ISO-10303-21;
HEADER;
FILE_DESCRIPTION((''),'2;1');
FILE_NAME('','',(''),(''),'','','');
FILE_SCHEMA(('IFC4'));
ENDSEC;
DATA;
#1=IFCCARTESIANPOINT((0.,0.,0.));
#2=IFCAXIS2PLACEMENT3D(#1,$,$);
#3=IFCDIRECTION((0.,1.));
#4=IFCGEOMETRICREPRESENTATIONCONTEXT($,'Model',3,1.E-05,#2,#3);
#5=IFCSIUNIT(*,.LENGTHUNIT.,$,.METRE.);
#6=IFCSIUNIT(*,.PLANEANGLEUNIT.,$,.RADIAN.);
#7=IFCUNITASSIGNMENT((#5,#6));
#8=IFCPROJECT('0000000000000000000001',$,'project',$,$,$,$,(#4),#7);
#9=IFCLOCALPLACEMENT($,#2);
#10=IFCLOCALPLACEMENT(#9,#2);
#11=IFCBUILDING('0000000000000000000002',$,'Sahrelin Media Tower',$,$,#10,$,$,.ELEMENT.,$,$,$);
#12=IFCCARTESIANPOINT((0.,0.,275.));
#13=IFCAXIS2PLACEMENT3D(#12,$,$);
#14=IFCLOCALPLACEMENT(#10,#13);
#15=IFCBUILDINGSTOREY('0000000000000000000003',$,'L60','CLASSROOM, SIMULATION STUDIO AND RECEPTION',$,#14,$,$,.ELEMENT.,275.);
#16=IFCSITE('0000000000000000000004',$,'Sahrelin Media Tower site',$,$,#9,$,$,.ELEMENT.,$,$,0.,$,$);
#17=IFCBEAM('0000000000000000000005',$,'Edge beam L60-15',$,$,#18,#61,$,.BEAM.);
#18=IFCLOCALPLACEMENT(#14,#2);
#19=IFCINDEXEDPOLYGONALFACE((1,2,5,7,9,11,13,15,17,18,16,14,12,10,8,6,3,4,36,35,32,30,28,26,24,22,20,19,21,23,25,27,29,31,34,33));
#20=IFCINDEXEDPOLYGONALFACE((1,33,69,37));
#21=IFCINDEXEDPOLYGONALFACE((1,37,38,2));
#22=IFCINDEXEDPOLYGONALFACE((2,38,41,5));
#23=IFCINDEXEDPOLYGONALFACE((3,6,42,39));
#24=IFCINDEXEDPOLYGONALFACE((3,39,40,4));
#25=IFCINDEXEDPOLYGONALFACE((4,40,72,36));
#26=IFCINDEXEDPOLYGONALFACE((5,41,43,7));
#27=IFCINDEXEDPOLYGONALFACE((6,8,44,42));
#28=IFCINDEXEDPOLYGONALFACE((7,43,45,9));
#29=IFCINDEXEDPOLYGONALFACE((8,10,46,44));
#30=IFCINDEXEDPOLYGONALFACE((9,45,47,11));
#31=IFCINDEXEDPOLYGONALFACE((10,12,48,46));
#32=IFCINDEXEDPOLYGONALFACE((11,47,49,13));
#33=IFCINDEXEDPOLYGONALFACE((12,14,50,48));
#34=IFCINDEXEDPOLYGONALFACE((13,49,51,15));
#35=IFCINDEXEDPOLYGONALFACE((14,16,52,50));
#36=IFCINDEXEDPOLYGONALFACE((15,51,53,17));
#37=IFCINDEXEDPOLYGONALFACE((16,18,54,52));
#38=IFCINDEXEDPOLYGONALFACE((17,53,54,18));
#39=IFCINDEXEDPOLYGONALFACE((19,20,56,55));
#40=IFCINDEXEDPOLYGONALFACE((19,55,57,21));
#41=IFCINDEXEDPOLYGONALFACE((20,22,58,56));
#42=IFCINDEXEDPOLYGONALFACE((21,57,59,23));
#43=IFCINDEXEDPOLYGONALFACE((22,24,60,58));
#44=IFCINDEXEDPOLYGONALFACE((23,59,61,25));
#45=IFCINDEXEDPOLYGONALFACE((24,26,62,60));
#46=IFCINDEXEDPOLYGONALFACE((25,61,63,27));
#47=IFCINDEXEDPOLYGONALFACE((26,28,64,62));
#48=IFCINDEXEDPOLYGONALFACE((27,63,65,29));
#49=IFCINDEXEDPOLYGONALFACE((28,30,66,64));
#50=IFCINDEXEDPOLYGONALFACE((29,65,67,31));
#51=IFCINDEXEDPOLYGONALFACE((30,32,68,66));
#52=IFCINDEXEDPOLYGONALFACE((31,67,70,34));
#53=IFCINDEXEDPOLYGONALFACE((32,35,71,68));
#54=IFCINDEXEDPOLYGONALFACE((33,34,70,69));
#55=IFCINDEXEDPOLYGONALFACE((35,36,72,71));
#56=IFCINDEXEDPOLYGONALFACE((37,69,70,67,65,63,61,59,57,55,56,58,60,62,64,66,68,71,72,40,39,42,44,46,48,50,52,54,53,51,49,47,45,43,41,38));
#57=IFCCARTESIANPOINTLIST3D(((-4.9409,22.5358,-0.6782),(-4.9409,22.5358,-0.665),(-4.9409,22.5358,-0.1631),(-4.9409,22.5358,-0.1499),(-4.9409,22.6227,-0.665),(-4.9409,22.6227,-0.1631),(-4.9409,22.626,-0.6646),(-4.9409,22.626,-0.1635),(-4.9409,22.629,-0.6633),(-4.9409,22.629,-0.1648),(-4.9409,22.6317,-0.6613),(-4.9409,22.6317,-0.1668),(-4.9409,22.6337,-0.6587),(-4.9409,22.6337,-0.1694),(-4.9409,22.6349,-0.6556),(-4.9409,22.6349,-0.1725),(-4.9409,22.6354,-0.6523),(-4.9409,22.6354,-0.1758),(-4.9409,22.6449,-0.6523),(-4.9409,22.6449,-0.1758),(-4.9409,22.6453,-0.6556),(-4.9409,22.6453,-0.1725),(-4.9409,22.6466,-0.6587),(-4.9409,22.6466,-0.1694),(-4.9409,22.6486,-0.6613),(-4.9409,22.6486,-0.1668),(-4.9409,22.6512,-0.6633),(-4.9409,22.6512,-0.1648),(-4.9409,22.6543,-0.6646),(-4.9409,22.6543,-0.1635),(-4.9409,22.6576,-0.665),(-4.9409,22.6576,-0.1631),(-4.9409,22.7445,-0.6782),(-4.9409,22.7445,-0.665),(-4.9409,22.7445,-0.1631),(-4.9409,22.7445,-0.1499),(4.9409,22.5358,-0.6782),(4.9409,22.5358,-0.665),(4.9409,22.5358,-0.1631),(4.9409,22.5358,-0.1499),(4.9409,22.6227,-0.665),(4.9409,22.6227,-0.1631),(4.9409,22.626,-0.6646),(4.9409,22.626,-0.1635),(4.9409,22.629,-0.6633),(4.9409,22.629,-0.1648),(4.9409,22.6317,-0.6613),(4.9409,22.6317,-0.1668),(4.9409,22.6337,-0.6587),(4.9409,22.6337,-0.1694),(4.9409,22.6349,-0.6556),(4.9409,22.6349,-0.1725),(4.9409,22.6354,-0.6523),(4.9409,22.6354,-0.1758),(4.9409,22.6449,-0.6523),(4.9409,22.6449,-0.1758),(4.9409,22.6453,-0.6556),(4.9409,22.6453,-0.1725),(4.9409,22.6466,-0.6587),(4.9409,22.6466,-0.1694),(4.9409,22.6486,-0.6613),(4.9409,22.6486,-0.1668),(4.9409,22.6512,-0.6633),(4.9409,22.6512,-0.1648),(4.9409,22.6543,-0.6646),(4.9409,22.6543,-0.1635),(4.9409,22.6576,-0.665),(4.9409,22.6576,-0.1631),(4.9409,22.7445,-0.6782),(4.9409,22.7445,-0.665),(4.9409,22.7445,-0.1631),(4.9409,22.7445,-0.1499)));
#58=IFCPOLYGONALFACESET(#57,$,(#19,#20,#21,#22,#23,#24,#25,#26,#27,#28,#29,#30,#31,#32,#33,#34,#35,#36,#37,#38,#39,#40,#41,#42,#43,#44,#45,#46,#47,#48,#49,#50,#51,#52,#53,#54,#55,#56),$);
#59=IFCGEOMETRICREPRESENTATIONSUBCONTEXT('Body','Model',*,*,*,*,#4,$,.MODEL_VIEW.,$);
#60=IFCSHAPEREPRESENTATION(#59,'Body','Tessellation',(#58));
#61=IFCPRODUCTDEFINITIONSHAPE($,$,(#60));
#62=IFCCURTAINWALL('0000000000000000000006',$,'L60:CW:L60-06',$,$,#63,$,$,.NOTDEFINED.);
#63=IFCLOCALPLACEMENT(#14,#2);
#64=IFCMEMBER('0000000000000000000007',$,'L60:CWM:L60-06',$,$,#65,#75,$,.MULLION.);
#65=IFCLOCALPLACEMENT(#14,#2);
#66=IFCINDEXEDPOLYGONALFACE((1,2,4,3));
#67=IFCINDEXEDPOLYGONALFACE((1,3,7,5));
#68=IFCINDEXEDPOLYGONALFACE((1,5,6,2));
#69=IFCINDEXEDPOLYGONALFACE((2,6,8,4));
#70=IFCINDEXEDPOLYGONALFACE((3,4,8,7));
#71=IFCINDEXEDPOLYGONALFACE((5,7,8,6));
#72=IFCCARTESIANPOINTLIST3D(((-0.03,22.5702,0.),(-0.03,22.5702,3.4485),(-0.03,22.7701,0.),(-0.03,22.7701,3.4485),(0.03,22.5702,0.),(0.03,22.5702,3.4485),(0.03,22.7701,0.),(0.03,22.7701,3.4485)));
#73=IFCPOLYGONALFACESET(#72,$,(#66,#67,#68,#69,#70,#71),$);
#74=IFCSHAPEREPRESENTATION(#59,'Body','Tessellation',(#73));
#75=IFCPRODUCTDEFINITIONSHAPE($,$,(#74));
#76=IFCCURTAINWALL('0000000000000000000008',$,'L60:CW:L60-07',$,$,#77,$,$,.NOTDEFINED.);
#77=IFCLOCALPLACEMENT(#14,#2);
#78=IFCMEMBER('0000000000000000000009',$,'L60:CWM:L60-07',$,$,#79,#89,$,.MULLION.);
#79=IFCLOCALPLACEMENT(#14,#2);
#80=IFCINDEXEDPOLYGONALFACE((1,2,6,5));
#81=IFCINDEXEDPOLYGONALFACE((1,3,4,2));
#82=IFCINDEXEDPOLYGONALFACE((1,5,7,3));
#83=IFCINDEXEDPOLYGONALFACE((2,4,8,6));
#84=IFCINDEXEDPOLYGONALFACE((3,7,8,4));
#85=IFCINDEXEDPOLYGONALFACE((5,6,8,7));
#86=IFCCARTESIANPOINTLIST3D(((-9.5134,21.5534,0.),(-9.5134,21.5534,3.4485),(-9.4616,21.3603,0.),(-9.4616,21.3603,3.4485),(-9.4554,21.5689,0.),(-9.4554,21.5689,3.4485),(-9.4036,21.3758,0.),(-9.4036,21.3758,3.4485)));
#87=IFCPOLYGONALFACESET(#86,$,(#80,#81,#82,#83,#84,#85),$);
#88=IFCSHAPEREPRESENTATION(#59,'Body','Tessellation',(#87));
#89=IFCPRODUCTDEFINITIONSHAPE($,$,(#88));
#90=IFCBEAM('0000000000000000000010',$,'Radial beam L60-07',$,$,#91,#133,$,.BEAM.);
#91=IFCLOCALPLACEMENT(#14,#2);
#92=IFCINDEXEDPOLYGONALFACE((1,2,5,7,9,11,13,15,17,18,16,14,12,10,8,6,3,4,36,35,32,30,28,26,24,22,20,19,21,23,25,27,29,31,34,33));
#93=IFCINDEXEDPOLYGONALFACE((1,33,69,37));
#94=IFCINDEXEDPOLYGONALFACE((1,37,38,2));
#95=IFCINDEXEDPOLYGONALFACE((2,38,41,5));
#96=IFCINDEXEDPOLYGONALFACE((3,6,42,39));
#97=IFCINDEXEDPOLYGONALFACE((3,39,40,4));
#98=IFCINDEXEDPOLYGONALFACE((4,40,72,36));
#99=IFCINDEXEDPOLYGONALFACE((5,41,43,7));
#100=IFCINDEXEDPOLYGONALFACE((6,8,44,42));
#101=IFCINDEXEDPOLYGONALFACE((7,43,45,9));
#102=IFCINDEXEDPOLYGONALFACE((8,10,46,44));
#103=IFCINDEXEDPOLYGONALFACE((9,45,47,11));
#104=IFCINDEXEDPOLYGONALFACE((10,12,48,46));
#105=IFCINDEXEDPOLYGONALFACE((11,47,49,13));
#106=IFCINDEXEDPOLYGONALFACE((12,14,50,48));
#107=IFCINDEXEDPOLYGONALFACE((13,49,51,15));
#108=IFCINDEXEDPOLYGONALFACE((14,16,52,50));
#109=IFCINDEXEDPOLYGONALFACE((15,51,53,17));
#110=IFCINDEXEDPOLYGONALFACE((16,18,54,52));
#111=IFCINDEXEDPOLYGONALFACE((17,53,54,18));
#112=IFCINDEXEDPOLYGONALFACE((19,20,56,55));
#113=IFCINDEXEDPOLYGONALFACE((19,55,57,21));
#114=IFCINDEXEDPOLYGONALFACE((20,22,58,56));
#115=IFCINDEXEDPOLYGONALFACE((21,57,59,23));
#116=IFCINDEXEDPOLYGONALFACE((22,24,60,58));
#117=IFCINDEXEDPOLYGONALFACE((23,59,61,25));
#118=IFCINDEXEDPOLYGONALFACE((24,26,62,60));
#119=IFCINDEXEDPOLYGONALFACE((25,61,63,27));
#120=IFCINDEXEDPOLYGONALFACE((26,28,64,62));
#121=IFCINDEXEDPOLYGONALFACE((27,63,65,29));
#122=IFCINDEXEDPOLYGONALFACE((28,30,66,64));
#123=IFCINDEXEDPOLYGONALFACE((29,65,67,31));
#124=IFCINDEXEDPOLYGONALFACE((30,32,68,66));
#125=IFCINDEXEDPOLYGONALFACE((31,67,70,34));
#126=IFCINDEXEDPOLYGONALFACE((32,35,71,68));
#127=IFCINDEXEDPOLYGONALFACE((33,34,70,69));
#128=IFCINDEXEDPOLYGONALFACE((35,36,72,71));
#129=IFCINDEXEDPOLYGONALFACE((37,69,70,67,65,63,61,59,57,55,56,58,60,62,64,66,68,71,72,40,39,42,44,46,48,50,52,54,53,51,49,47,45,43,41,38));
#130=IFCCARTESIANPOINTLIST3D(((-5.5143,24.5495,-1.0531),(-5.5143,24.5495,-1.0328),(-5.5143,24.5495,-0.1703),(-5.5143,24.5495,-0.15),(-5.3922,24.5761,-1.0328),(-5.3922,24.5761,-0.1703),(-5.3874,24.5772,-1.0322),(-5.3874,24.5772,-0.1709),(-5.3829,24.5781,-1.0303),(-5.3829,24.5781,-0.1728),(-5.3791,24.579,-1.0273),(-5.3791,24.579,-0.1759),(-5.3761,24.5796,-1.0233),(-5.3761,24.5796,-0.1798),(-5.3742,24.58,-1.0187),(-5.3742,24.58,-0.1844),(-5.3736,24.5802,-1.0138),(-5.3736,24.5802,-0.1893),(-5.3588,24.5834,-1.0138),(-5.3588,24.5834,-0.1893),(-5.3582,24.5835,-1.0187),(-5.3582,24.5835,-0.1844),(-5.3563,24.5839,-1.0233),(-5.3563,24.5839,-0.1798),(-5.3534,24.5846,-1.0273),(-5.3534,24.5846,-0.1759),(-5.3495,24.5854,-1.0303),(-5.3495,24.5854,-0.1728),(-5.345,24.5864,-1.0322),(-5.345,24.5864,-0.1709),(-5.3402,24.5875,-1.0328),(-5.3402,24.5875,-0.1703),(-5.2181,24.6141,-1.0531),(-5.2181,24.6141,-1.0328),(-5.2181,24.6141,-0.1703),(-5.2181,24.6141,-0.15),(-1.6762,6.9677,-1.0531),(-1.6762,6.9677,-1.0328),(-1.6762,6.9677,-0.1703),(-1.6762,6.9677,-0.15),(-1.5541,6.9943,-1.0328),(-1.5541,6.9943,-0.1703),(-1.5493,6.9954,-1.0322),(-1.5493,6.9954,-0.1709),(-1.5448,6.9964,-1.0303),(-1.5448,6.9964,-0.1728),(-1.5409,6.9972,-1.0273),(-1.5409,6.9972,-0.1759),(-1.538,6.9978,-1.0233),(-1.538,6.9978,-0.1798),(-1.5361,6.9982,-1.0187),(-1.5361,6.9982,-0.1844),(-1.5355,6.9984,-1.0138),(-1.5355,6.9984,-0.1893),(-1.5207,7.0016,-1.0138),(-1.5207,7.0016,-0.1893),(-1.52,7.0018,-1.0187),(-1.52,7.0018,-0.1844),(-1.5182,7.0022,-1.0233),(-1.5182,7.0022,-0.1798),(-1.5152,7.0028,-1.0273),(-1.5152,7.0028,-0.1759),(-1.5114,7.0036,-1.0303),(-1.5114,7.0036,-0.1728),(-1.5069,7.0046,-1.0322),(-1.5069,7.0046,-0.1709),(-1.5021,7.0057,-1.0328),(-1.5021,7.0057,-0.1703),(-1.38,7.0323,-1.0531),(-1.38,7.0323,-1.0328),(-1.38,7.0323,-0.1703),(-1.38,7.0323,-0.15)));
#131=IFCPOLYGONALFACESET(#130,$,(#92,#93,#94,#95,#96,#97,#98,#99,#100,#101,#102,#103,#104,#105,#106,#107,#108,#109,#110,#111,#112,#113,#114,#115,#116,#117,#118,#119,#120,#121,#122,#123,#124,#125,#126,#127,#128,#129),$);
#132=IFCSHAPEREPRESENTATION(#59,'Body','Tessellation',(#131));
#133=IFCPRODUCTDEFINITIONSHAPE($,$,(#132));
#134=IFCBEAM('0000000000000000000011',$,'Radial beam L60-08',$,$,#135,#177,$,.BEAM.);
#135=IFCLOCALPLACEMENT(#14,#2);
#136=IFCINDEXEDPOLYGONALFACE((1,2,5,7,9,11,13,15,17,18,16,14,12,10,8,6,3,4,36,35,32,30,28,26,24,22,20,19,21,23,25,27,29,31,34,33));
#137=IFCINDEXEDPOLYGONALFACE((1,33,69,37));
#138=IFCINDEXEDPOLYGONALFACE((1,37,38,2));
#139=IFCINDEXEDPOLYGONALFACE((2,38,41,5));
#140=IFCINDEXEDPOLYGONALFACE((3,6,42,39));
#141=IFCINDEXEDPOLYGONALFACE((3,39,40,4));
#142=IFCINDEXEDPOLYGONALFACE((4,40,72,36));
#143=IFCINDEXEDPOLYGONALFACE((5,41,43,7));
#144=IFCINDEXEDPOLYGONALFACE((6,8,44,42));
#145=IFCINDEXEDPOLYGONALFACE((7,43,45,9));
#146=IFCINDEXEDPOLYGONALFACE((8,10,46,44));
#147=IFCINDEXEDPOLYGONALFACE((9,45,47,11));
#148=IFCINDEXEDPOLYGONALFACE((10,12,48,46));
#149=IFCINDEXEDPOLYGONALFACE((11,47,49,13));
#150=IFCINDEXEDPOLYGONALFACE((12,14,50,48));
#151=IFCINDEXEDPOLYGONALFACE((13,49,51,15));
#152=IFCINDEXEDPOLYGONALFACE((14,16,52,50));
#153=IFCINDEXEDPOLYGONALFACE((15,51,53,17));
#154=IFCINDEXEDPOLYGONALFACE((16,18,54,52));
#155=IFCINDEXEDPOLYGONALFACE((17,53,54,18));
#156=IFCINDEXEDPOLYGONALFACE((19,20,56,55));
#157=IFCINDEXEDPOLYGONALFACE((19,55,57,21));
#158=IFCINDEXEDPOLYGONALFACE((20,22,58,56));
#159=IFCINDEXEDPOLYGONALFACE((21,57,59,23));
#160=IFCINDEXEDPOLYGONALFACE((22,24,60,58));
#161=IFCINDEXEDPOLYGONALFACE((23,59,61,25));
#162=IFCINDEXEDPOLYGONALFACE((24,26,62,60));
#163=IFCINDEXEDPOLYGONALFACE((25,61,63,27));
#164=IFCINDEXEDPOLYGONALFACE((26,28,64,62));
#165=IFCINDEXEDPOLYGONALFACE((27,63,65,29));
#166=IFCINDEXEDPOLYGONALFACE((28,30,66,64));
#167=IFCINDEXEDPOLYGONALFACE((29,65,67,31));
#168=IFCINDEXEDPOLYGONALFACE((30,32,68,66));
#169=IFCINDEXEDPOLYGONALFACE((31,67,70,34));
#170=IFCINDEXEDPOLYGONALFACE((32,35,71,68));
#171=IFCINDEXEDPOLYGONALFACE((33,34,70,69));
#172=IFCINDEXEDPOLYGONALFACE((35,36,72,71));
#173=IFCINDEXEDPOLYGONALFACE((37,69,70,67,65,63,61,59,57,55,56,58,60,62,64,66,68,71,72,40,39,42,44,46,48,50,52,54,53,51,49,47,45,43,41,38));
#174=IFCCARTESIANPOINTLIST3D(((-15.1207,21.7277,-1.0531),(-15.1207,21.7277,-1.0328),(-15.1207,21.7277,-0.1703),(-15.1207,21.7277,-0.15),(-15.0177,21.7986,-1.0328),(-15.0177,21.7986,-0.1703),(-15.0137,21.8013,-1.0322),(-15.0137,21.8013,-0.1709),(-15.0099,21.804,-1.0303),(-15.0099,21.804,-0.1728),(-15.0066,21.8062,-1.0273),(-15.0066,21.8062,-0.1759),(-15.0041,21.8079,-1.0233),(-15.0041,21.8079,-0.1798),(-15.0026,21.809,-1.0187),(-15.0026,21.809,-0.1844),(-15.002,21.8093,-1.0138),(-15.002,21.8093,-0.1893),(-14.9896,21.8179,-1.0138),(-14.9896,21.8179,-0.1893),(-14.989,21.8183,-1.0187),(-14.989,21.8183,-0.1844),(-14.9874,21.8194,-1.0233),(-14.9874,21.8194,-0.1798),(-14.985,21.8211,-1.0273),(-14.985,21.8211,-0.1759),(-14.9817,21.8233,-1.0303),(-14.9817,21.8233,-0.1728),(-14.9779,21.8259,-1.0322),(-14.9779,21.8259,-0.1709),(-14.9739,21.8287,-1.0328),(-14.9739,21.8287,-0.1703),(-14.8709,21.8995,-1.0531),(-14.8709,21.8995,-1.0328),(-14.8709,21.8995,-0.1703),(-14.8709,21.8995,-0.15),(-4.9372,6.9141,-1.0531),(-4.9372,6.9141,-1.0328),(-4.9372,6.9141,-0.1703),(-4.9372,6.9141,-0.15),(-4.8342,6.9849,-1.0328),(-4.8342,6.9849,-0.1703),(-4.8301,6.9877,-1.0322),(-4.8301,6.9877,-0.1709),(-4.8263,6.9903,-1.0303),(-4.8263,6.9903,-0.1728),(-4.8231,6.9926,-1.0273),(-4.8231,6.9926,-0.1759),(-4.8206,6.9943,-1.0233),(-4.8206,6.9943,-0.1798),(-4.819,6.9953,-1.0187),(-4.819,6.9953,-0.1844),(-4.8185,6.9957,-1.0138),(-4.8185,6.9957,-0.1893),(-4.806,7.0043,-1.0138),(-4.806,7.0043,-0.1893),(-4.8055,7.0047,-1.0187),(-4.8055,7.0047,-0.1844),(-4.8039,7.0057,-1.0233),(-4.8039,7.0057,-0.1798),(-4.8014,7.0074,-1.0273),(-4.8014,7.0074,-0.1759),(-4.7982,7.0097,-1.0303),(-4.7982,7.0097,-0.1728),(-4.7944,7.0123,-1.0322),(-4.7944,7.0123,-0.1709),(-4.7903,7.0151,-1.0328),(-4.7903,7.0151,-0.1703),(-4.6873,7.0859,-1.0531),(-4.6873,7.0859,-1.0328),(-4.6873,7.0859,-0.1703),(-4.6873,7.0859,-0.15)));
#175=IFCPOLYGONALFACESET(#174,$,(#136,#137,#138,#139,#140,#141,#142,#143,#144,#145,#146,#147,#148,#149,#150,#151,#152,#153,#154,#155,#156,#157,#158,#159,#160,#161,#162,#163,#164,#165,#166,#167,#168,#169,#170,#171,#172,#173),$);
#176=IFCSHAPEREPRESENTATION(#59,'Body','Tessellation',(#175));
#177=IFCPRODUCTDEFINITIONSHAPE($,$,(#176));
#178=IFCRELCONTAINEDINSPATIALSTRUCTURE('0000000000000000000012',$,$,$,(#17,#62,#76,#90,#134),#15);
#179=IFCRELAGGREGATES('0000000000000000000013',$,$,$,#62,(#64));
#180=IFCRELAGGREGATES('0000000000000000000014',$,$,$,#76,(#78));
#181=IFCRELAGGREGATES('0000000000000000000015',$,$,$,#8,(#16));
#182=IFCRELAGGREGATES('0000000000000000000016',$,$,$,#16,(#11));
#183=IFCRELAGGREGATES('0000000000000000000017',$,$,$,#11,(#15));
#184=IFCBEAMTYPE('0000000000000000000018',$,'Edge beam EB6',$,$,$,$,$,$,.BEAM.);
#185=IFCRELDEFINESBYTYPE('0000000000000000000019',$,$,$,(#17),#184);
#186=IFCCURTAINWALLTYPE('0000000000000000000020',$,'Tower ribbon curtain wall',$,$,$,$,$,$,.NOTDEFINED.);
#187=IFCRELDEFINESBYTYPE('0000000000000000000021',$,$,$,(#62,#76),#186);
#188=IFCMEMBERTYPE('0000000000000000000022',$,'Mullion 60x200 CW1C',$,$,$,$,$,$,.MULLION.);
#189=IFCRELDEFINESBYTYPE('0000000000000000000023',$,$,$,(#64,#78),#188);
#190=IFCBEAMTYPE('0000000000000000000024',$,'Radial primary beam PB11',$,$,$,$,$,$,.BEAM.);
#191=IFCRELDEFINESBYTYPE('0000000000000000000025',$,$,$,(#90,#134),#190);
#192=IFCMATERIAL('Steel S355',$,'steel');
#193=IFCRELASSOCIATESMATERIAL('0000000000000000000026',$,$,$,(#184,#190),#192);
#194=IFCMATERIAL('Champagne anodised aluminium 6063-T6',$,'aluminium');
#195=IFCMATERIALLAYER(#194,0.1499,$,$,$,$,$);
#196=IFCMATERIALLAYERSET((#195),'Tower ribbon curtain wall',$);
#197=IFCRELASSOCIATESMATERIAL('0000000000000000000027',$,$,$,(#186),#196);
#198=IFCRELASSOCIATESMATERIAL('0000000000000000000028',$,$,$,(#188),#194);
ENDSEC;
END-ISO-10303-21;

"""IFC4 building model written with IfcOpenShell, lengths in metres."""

from ifc_helpers import new_model, si_unit, direction, frame, origin, origin_2d, place, context, subcontext, project, spatial, rectangle, i_section, extrude, material, layer, layer_set, material_profile, profile_set, type_object, element, aggregate, save


model = new_model("IFC4")

# Units and contexts
model_context = context("Model", 3, precision=1e-05, world=origin(), true_north=direction((0.0, 1.0)))
body_context = subcontext(model_context, "Body", "Model", "MODEL_VIEW")
ifc_project = project(units=[si_unit("LENGTHUNIT", "METRE"), si_unit("PLANEANGLEUNIT", "RADIAN")], contexts=[model_context])

# Site, building, storey
site_placement = place(None, origin())
site = spatial("IfcSite", under=ifc_project, at=site_placement, Name="Sahrelin Media Tower site", CompositionType="ELEMENT", RefElevation=0.0)
building_placement = place(site_placement, origin())
building = spatial("IfcBuilding", under=site, at=building_placement, Name="Sahrelin Media Tower", CompositionType="ELEMENT")
storey_placement = place(building_placement, frame((0.0, 0.0, 275.0)))
storey = spatial("IfcBuildingStorey", under=building, at=storey_placement, Name="L60", Description="CLASSROOM, SIMULATION STUDIO AND RECEPTION", CompositionType="ELEMENT", Elevation=275.0)

# Beam
ifc_material_1 = material(Name="Steel S355", Category="steel")
ifc_material_profile_1 = material_profile(ifc_material_1, i_section(OverallWidth=0.2087, OverallDepth=0.5283, WebThickness=0.0095, FlangeThickness=0.0132, FilletRadius=0.0127, at=origin_2d()), Name="UB 533x210x82")
ifc_profile_set_1 = profile_set([ifc_material_profile_1], Name="Steel S355")
beam_type_1 = type_object("IfcBeamType", Name="Edge beam EB6", PredefinedType="BEAM", material=ifc_profile_set_1)
beam_1_placement = place(storey_placement, frame((-4.9409, 22.6401, -0.4141), z_axis=(1.0, 0.0, 0.0), x_axis=(0.0, 1.0, 0.0)))
element("IfcBeam", 1, at=beam_1_placement, inside=storey, type_object=beam_type_1, Name="Edge beam L60-15", PredefinedType="BEAM", context=body_context, shape_type="SweptSolid", body=[
    extrude(i_section(OverallWidth=0.2087, OverallDepth=0.5283, WebThickness=0.0095, FlangeThickness=0.0132, FilletRadius=0.0127, at=origin_2d()), origin(), (0.0, 0.0, 1.0), 9.8818),
])

# Curtain walls, members
ifc_material_2 = material(Name="Champagne anodised aluminium 6063-T6", Category="aluminium")
ifc_layer_1 = layer(ifc_material_2, 0.1499)
ifc_layer_set_1 = layer_set([ifc_layer_1], Name="Tower ribbon curtain wall")
curtain_wall_type = type_object("IfcCurtainWallType", Name="Tower ribbon curtain wall", PredefinedType="NOTDEFINED", material=ifc_layer_set_1)
placement_1 = place(storey_placement, frame((0.0, 22.7903, 0.0), z_axis=(0.0, 0.0, 1.0), x_axis=(1.0, 0.0, 0.0)))
curtain_wall_1 = element("IfcCurtainWall", 2, at=placement_1, inside=storey, type_object=curtain_wall_type, Name="L60:CW:L60-06", PredefinedType="NOTDEFINED")
ifc_material_profile_2 = material_profile(ifc_material_2, rectangle(XDim=0.0601, YDim=0.2, at=origin_2d()), Name="Mullion 60x200")
ifc_profile_set_2 = profile_set([ifc_material_profile_2], Name="Champagne anodised aluminium 6063-T6")
member_type_1 = type_object("IfcMemberType", Name="Mullion 60x200 CW1C", PredefinedType="MULLION", material=ifc_profile_set_2)
member_1_placement = place(storey_placement, frame((0.0, 22.6702, 0.0), z_axis=(0.0, 0.0, 1.0), x_axis=(-1.0, 0.0, 0.0)))
member_1 = element("IfcMember", 3, at=member_1_placement, type_object=member_type_1, Name="L60:CWM:L60-06", PredefinedType="MULLION", context=body_context, shape_type="SweptSolid", body=[
    extrude(rectangle(XDim=0.0601, YDim=0.2, at=origin_2d()), origin(), (0.0, 0.0, 1.0), 3.4485),
])
aggregate(curtain_wall_1, [member_1])
curtain_wall_2_placement = place(storey_placement, frame((-9.4895, 21.5806, 0.0), z_axis=(0.0, 0.0, 1.0), x_axis=(1.0, 0.0, 0.0)))
curtain_wall_2 = element("IfcCurtainWall", 4, at=curtain_wall_2_placement, inside=storey, type_object=curtain_wall_type, Name="L60:CW:L60-07", PredefinedType="NOTDEFINED")
member_2_placement = place(storey_placement, frame((-9.4585, 21.4646, 0.0), z_axis=(0.0, 0.0, 1.0), x_axis=(-0.965925, -0.258822, 0.0)))
member_2 = element("IfcMember", 5, at=member_2_placement, type_object=member_type_1, Name="L60:CWM:L60-07", PredefinedType="MULLION", context=body_context, shape_type="SweptSolid", body=[
    extrude(rectangle(XDim=0.0601, YDim=0.2, at=origin_2d()), origin(), (0.0, 0.0, 1.0), 3.4485),
])

# Beams
ifc_material_profile_3 = material_profile(ifc_material_1, i_section(OverallWidth=0.3032, OverallDepth=0.9031, WebThickness=0.0151, FlangeThickness=0.0203, FilletRadius=0.019, at=origin_2d()), Name="UB 914x305x201")
ifc_profile_set_3 = profile_set([ifc_material_profile_3], Name="Steel S355")
beam_type_2 = type_object("IfcBeamType", Name="Radial primary beam PB11", PredefinedType="BEAM", material=ifc_profile_set_3)
beam_2_placement = place(storey_placement, frame((-1.5281, 7.0, -0.6016), z_axis=(-0.213279, 0.976991, 0.0), x_axis=(-0.976991, -0.213279, 0.0)))
element("IfcBeam", 6, at=beam_2_placement, inside=storey, type_object=beam_type_2, Name="Radial beam L60-07", PredefinedType="BEAM", context=body_context, shape_type="SweptSolid", body=[
    extrude(i_section(OverallWidth=0.3032, OverallDepth=0.9031, WebThickness=0.0151, FlangeThickness=0.0203, FilletRadius=0.019, at=origin_2d()), origin(), (0.0, 0.0, 1.0), 17.9958),
])
beam_3_placement = place(storey_placement, frame((-4.8123, 7.0, -0.6016), z_axis=(-0.566497, 0.824064, 0.0), x_axis=(-0.824064, -0.566497, 0.0)))
element("IfcBeam", 7, at=beam_3_placement, inside=storey, type_object=beam_type_2, Name="Radial beam L60-08", PredefinedType="BEAM", context=body_context, shape_type="SweptSolid", body=[
    extrude(i_section(OverallWidth=0.3032, OverallDepth=0.9031, WebThickness=0.0151, FlangeThickness=0.0203, FilletRadius=0.019, at=origin_2d()), origin(), (0.0, 0.0, 1.0), 17.9763),
])

aggregate(curtain_wall_2, [member_2])

save(model, "model.ifc")
